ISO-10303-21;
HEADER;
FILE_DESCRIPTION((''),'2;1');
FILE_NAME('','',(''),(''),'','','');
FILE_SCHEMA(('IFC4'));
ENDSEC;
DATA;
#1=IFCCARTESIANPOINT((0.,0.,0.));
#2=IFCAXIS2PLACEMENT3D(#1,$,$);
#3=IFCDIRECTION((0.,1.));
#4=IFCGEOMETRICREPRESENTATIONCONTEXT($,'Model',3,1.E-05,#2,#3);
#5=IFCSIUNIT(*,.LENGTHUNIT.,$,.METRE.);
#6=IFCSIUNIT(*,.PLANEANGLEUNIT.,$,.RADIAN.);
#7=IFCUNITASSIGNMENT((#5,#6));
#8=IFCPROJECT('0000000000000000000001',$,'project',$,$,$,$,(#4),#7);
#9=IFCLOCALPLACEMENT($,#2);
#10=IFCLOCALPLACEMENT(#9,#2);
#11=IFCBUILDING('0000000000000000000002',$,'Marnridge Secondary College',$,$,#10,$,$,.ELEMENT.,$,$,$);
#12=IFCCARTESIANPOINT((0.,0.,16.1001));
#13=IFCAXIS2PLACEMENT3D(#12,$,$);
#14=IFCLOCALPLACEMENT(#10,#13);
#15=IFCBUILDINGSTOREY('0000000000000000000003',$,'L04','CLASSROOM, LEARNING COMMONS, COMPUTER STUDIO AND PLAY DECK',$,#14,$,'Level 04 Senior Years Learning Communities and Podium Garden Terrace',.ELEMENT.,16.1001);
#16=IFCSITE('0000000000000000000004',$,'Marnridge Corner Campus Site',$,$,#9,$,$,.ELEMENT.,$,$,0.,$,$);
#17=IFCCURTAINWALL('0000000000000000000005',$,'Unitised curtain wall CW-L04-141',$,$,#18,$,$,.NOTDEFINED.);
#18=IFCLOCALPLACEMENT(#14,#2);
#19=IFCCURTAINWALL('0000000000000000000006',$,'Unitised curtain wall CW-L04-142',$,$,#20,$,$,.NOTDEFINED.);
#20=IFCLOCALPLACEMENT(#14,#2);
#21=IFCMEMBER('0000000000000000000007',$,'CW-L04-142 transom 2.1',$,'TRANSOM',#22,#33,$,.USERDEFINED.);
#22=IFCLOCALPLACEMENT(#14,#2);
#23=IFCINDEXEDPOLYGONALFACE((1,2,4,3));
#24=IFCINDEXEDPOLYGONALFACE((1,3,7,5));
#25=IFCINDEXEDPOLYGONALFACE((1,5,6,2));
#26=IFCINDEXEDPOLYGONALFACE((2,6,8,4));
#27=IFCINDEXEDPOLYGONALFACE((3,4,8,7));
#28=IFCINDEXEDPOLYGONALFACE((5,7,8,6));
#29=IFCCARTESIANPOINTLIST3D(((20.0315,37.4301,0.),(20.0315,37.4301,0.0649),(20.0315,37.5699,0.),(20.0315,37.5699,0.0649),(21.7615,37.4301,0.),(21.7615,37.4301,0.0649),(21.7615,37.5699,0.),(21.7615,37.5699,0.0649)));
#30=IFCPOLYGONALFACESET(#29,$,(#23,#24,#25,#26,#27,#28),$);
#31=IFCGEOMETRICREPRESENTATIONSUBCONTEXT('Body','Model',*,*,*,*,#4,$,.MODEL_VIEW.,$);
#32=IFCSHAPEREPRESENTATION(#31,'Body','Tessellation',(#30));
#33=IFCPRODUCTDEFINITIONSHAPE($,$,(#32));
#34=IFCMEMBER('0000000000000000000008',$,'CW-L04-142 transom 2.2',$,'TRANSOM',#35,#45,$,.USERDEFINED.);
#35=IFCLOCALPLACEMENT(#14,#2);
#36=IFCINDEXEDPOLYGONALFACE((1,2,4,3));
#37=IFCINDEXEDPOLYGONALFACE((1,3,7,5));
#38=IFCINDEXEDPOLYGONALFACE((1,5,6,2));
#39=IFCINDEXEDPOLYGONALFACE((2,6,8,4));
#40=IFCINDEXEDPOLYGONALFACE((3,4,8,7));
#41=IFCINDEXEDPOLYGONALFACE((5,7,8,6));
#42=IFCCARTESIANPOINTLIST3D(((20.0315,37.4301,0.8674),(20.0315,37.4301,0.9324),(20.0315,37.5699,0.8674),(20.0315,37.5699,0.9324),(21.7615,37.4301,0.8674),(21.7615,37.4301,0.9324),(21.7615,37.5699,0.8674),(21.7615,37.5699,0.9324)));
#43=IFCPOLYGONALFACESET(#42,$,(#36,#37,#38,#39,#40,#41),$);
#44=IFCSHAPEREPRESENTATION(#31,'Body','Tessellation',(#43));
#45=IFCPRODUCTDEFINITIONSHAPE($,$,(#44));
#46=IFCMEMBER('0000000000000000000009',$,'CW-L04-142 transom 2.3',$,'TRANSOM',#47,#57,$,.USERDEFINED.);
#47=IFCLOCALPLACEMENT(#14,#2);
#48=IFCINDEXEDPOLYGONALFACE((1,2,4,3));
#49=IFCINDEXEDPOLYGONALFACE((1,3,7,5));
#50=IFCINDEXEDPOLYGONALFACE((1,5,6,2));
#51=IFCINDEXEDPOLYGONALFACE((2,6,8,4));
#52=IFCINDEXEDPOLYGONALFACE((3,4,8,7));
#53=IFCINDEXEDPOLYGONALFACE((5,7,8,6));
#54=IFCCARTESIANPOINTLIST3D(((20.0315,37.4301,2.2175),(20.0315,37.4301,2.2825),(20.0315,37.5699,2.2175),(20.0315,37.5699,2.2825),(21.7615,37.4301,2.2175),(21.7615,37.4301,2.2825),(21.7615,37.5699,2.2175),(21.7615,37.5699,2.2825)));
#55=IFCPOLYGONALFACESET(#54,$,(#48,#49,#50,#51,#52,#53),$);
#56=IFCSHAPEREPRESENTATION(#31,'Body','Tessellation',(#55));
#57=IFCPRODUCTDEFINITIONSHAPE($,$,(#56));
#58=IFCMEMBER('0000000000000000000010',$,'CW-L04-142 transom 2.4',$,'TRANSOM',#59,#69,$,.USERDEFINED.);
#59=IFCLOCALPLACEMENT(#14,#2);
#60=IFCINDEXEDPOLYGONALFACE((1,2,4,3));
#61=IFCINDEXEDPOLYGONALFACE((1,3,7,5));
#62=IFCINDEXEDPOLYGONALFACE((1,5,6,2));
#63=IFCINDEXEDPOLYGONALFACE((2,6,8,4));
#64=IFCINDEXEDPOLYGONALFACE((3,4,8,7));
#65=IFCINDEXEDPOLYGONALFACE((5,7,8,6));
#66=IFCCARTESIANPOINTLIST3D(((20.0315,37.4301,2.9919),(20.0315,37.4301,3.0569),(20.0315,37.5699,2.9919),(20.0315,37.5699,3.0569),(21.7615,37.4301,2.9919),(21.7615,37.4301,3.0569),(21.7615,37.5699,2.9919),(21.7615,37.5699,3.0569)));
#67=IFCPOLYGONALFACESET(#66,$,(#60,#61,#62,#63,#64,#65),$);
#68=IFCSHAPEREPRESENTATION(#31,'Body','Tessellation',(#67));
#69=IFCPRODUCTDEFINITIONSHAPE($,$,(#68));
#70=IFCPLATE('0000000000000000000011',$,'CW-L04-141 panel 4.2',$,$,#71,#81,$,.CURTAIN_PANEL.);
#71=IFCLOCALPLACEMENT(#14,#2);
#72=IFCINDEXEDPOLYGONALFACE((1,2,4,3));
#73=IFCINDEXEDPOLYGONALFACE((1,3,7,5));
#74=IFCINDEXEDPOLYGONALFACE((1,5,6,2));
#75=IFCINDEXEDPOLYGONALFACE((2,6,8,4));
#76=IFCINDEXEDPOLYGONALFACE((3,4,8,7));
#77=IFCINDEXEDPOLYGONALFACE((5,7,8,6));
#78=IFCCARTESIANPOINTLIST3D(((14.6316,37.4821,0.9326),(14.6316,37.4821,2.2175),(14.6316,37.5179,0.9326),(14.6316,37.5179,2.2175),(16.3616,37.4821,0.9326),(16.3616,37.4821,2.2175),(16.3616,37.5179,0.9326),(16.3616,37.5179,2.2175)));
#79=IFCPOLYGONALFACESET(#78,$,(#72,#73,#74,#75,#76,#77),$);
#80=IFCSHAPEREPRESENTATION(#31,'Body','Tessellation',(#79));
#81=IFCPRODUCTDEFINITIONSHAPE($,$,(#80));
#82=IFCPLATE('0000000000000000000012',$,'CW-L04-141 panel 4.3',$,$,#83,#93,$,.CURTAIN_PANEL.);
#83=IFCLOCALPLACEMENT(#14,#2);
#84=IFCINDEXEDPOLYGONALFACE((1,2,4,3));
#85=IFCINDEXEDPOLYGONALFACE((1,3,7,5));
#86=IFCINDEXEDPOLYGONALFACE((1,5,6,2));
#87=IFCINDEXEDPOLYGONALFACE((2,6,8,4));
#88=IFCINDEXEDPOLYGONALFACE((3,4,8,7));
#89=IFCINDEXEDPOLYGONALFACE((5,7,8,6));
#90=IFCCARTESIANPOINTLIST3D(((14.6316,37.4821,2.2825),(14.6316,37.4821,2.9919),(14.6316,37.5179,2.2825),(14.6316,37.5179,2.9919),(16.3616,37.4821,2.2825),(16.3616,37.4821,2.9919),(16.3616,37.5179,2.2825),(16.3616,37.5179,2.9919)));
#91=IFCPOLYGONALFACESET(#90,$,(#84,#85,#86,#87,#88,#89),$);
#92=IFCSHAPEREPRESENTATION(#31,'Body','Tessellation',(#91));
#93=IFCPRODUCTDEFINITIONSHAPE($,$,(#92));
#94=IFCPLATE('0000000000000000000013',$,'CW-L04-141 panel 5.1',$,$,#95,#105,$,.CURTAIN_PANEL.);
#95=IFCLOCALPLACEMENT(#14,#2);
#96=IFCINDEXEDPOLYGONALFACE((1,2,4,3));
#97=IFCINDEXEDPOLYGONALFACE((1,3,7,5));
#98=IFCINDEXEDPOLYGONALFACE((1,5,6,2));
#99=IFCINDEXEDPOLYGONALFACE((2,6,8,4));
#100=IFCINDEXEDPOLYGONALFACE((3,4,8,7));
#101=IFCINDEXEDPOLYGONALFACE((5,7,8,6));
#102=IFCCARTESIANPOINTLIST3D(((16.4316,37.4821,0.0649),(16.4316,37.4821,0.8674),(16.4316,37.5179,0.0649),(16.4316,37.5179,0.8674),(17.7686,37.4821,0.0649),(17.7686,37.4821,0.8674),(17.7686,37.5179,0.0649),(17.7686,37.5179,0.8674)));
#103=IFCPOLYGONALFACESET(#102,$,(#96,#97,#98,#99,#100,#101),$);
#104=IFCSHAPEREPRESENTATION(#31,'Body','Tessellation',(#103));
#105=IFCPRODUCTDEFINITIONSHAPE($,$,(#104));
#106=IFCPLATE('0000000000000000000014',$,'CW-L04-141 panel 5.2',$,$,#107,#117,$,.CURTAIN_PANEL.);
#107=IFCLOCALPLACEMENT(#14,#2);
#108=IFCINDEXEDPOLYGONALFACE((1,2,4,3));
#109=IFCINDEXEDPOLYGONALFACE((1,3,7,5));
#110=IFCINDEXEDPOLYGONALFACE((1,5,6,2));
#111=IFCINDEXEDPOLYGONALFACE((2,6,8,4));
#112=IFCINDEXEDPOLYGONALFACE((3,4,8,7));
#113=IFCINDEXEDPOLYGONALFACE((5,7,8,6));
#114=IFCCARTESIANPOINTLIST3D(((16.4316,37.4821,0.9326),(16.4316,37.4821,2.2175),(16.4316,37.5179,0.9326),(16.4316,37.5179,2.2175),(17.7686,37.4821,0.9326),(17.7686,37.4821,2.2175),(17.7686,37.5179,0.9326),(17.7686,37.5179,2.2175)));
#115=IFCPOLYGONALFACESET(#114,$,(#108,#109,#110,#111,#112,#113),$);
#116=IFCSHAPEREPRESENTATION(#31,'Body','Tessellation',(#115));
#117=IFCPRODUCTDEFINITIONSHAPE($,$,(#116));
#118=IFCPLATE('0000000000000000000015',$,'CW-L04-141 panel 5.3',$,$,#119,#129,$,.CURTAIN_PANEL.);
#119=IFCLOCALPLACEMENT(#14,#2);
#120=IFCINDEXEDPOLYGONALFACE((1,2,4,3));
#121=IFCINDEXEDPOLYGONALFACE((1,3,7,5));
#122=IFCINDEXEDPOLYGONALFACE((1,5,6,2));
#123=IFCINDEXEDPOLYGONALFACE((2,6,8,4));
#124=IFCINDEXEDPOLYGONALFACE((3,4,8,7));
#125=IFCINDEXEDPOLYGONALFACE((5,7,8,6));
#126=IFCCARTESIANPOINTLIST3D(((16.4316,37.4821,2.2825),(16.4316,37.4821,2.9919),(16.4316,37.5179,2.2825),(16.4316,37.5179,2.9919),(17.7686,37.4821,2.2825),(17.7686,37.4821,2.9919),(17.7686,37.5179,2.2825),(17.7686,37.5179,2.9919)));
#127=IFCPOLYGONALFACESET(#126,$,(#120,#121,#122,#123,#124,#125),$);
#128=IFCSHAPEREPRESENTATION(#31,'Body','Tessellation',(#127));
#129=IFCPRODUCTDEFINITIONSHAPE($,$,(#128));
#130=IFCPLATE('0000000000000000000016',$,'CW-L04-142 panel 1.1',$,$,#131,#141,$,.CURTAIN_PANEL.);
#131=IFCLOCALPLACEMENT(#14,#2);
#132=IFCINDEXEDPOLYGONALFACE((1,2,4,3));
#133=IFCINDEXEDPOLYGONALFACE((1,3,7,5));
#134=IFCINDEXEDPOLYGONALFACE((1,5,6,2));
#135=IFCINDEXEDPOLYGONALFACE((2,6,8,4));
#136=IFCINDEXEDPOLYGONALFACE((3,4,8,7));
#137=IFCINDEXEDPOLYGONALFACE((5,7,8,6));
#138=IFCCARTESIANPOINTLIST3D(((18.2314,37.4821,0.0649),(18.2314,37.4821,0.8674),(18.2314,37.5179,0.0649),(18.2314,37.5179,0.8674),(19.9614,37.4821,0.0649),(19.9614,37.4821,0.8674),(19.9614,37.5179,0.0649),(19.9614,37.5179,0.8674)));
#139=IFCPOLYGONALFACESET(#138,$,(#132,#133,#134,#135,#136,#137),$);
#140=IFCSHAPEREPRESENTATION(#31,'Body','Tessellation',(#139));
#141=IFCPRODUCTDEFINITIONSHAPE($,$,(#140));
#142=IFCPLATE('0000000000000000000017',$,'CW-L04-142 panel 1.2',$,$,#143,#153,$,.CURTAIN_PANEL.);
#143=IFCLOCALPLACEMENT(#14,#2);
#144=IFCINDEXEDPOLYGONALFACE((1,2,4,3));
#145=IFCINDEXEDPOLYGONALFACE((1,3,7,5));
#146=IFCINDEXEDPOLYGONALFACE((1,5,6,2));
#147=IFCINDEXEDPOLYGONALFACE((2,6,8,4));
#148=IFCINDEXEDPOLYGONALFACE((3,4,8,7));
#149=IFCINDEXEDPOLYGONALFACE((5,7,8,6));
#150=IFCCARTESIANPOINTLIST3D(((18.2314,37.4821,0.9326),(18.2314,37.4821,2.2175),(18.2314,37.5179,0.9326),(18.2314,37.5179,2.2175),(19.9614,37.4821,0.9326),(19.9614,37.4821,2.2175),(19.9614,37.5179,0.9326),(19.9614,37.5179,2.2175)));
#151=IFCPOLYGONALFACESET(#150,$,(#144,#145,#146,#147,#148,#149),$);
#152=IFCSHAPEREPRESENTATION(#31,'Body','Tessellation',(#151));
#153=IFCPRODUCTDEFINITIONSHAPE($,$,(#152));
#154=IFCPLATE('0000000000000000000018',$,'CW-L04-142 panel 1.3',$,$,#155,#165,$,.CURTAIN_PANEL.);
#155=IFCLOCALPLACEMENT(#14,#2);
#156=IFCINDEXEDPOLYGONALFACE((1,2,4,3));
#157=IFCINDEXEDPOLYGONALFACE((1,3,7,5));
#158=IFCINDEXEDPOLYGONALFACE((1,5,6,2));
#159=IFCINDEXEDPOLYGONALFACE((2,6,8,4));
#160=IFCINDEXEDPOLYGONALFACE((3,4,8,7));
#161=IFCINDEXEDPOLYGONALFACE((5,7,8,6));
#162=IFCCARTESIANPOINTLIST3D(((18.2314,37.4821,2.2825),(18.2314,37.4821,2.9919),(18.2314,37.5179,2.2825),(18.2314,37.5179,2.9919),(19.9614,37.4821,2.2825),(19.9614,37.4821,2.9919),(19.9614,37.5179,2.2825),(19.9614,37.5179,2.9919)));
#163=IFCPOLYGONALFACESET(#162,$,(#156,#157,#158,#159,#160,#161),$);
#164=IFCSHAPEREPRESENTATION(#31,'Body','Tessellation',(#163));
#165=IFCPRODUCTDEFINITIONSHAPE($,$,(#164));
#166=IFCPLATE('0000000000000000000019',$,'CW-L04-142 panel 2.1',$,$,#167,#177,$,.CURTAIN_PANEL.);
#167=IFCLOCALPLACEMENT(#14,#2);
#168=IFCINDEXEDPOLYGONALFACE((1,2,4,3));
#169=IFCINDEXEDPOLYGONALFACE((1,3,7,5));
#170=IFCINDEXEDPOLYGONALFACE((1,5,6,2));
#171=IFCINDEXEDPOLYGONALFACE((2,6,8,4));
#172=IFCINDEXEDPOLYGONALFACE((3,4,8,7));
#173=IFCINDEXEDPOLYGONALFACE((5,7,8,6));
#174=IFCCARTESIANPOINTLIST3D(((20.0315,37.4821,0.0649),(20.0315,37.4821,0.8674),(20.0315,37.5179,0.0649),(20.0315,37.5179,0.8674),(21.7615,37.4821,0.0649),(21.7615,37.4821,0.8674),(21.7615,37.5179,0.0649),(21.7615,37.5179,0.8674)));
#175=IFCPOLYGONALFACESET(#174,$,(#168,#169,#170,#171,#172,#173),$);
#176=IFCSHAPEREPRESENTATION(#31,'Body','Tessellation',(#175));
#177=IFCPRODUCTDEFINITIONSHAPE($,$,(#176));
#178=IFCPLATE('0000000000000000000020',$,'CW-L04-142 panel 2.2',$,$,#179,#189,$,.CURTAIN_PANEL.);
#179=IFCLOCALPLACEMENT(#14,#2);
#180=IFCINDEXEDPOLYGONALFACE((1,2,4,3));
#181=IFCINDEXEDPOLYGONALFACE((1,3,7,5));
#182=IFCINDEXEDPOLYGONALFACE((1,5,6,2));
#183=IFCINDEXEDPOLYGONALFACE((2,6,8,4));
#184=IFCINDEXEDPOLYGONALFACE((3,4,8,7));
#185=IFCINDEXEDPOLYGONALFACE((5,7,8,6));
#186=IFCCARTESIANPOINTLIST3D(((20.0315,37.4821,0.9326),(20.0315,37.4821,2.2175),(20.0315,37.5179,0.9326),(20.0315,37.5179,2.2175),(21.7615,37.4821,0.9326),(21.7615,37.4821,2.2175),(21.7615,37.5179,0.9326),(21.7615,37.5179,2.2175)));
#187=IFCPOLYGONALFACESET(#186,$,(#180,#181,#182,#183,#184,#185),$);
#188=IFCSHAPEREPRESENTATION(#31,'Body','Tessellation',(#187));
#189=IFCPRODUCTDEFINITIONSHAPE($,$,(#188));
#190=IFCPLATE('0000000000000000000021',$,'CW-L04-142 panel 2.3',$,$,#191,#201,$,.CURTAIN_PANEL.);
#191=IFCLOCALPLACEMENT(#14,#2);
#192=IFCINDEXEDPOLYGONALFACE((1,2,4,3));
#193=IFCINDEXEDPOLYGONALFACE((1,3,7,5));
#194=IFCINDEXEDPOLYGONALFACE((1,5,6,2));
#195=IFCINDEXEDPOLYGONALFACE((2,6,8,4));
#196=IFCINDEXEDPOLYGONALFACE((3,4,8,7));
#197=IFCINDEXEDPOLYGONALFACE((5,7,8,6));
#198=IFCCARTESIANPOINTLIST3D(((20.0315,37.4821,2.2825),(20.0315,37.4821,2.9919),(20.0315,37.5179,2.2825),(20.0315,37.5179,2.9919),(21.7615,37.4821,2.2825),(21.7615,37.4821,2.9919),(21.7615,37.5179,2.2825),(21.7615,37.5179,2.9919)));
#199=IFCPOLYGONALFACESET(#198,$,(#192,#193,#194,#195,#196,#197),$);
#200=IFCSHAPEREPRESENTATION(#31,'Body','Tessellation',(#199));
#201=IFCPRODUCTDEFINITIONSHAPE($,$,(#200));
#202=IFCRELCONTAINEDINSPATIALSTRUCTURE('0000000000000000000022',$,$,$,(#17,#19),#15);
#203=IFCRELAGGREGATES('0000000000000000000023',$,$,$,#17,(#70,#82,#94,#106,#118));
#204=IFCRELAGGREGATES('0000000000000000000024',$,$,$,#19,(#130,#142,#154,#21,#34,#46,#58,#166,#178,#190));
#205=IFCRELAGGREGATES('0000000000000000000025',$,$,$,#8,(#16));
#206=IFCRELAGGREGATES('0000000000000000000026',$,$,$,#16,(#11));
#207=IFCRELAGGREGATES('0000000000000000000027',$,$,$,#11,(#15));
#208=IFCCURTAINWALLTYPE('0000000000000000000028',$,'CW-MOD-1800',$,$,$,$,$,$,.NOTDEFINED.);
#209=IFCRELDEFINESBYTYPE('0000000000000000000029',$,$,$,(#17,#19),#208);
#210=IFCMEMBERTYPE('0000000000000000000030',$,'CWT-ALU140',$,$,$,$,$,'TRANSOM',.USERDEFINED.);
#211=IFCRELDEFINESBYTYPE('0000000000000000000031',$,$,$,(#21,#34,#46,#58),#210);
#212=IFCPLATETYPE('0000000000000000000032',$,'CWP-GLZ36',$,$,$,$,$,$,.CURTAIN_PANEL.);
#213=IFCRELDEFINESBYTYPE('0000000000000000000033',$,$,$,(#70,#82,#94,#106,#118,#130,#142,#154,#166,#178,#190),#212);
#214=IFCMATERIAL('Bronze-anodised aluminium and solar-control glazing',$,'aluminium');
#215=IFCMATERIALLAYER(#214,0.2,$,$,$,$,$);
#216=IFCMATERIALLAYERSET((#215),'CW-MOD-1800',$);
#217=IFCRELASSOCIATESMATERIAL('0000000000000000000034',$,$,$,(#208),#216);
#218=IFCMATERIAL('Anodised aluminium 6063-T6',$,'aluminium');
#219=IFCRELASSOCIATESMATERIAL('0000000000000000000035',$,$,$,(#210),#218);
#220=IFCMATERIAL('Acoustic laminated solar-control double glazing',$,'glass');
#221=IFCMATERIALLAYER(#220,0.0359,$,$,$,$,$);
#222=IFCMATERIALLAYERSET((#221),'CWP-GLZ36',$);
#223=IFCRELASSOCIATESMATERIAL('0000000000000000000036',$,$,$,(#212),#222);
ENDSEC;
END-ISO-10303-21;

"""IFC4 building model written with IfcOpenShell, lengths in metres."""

from ifc_helpers import new_model, si_unit, direction, frame, origin, origin_2d, place, context, subcontext, project, spatial, rectangle, extrude, material, layer, layer_set, material_profile, profile_set, type_object, element, aggregate, save


model = new_model("IFC4")

# Units and contexts
model_context = context("Model", 3, precision=1e-05, world=origin(), true_north=direction((0.0, 1.0)))
body_context = subcontext(model_context, "Body", "Model", "MODEL_VIEW")
ifc_project = project(units=[si_unit("LENGTHUNIT", "METRE"), si_unit("PLANEANGLEUNIT", "RADIAN")], contexts=[model_context])

# Site, building, storey
site_placement = place(None, origin())
site = spatial("IfcSite", under=ifc_project, at=site_placement, Name="Marnridge Corner Campus Site", CompositionType="ELEMENT", RefElevation=0.0)
building_placement = place(site_placement, origin())
building = spatial("IfcBuilding", under=site, at=building_placement, Name="Marnridge Secondary College", CompositionType="ELEMENT")
storey_placement = place(building_placement, frame((0.0, 0.0, 16.1001)))
storey = spatial("IfcBuildingStorey", under=building, at=storey_placement, Name="L04", Description="CLASSROOM, LEARNING COMMONS, COMPUTER STUDIO AND PLAY DECK", LongName="Level 04 Senior Years Learning Communities and Podium Garden Terrace", CompositionType="ELEMENT", Elevation=16.1001)

# Curtain walls
ifc_material_1 = material(Name="Bronze-anodised aluminium and solar-control glazing", Category="aluminium")
ifc_layer_1 = layer(ifc_material_1, 0.2)
ifc_layer_set_1 = layer_set([ifc_layer_1], Name="CW-MOD-1800")
curtain_wall_type = type_object("IfcCurtainWallType", Name="CW-MOD-1800", PredefinedType="NOTDEFINED", material=ifc_layer_set_1)
curtain_wall_1_placement = place(storey_placement, origin())
curtain_wall_1 = element("IfcCurtainWall", 1, at=curtain_wall_1_placement, inside=storey, type_object=curtain_wall_type, Name="Unitised curtain wall CW-L04-141", PredefinedType="NOTDEFINED")
curtain_wall_2_placement = place(storey_placement, origin())
curtain_wall_2 = element("IfcCurtainWall", 2, at=curtain_wall_2_placement, inside=storey, type_object=curtain_wall_type, Name="Unitised curtain wall CW-L04-142", PredefinedType="NOTDEFINED")

# Members
ifc_material_2 = material(Name="Anodised aluminium 6063-T6", Category="aluminium")
ifc_material_profile_1 = material_profile(ifc_material_2, rectangle(XDim=0.0649, YDim=0.1399, at=origin_2d()), Name="ALU 65x140")
ifc_profile_set_1 = profile_set([ifc_material_profile_1], Name="Anodised aluminium 6063-T6")
member_type_1 = type_object("IfcMemberType", Name="CWT-ALU140", ElementType="TRANSOM", PredefinedType="USERDEFINED", material=ifc_profile_set_1)
member_1_placement = place(storey_placement, frame((20.0315, 37.5, 0.0325), z_axis=(1.0, 0.0, 0.0), x_axis=(0.0, 0.0, 1.0)))
member_1 = element("IfcMember", 3, at=member_1_placement, type_object=member_type_1, Name="CW-L04-142 transom 2.1", ObjectType="TRANSOM", PredefinedType="USERDEFINED", context=body_context, shape_type="SweptSolid", body=[
    extrude(rectangle(XDim=0.0649, YDim=0.1399, at=origin_2d()), origin(), (0.0, 0.0, 1.0), 1.73),
])
member_2_placement = place(storey_placement, frame((20.0315, 37.5, 0.8999), z_axis=(1.0, 0.0, 0.0), x_axis=(0.0, 0.0, 1.0)))
member_2 = element("IfcMember", 4, at=member_2_placement, type_object=member_type_1, Name="CW-L04-142 transom 2.2", ObjectType="TRANSOM", PredefinedType="USERDEFINED", context=body_context, shape_type="SweptSolid", body=[
    extrude(rectangle(XDim=0.0649, YDim=0.1399, at=origin_2d()), origin(), (0.0, 0.0, 1.0), 1.73),
])
member_3_placement = place(storey_placement, frame((20.0315, 37.5, 2.25), z_axis=(1.0, 0.0, 0.0), x_axis=(0.0, 0.0, 1.0)))
member_3 = element("IfcMember", 5, at=member_3_placement, type_object=member_type_1, Name="CW-L04-142 transom 2.3", ObjectType="TRANSOM", PredefinedType="USERDEFINED", context=body_context, shape_type="SweptSolid", body=[
    extrude(rectangle(XDim=0.0649, YDim=0.1399, at=origin_2d()), origin(), (0.0, 0.0, 1.0), 1.73),
])
member_4_placement = place(storey_placement, frame((20.0315, 37.5, 3.0244), z_axis=(1.0, 0.0, 0.0), x_axis=(0.0, 0.0, 1.0)))
member_4 = element("IfcMember", 6, at=member_4_placement, type_object=member_type_1, Name="CW-L04-142 transom 2.4", ObjectType="TRANSOM", PredefinedType="USERDEFINED", context=body_context, shape_type="SweptSolid", body=[
    extrude(rectangle(XDim=0.0649, YDim=0.1399, at=origin_2d()), origin(), (0.0, 0.0, 1.0), 1.73),
])

# Plates
ifc_material_3 = material(Name="Acoustic laminated solar-control double glazing", Category="glass")
ifc_layer_2 = layer(ifc_material_3, 0.0359)
ifc_layer_set_2 = layer_set([ifc_layer_2], Name="CWP-GLZ36")
plate_type = type_object("IfcPlateType", Name="CWP-GLZ36", PredefinedType="CURTAIN_PANEL", material=ifc_layer_set_2)
plate_1_placement = place(storey_placement, frame((15.4966, 37.5, 0.9326), z_axis=(0.0, 0.0, 1.0), x_axis=(1.0, 0.0, 0.0)))
plate_1 = element("IfcPlate", 7, at=plate_1_placement, type_object=plate_type, Name="CW-L04-141 panel 4.2", PredefinedType="CURTAIN_PANEL", context=body_context, shape_type="SweptSolid", body=[
    extrude(rectangle(XDim=1.73, YDim=0.0359, at=origin_2d()), origin(), (0.0, 0.0, 1.0), 1.2849),
])
plate_2_placement = place(storey_placement, frame((15.4966, 37.5, 2.2825), z_axis=(0.0, 0.0, 1.0), x_axis=(1.0, 0.0, 0.0)))
plate_2 = element("IfcPlate", 8, at=plate_2_placement, type_object=plate_type, Name="CW-L04-141 panel 4.3", PredefinedType="CURTAIN_PANEL", context=body_context, shape_type="SweptSolid", body=[
    extrude(rectangle(XDim=1.73, YDim=0.0359, at=origin_2d()), origin(), (0.0, 0.0, 1.0), 0.7095),
])
plate_3_placement = place(storey_placement, frame((17.1001, 37.5, 0.0649), z_axis=(0.0, 0.0, 1.0), x_axis=(1.0, 0.0, 0.0)))
plate_3 = element("IfcPlate", 9, at=plate_3_placement, type_object=plate_type, Name="CW-L04-141 panel 5.1", PredefinedType="CURTAIN_PANEL", context=body_context, shape_type="SweptSolid", body=[
    extrude(rectangle(XDim=1.3369, YDim=0.0359, at=origin_2d()), origin(), (0.0, 0.0, 1.0), 0.8025),
])
plate_4_placement = place(storey_placement, frame((17.1001, 37.5, 0.9326), z_axis=(0.0, 0.0, 1.0), x_axis=(1.0, 0.0, 0.0)))
plate_4 = element("IfcPlate", 10, at=plate_4_placement, type_object=plate_type, Name="CW-L04-141 panel 5.2", PredefinedType="CURTAIN_PANEL", context=body_context, shape_type="SweptSolid", body=[
    extrude(rectangle(XDim=1.3369, YDim=0.0359, at=origin_2d()), origin(), (0.0, 0.0, 1.0), 1.2849),
])
plate_5_placement = place(storey_placement, frame((17.1001, 37.5, 2.2825), z_axis=(0.0, 0.0, 1.0), x_axis=(1.0, 0.0, 0.0)))
plate_5 = element("IfcPlate", 11, at=plate_5_placement, type_object=plate_type, Name="CW-L04-141 panel 5.3", PredefinedType="CURTAIN_PANEL", context=body_context, shape_type="SweptSolid", body=[
    extrude(rectangle(XDim=1.3369, YDim=0.0359, at=origin_2d()), origin(), (0.0, 0.0, 1.0), 0.7095),
])
aggregate(curtain_wall_1, [plate_1, plate_2, plate_3, plate_4, plate_5])
plate_6_placement = place(storey_placement, frame((19.0964, 37.5, 0.0649), z_axis=(0.0, 0.0, 1.0), x_axis=(1.0, 0.0, 0.0)))
plate_6 = element("IfcPlate", 12, at=plate_6_placement, type_object=plate_type, Name="CW-L04-142 panel 1.1", PredefinedType="CURTAIN_PANEL", context=body_context, shape_type="SweptSolid", body=[
    extrude(rectangle(XDim=1.73, YDim=0.0359, at=origin_2d()), origin(), (0.0, 0.0, 1.0), 0.8025),
])
plate_7_placement = place(storey_placement, frame((19.0964, 37.5, 0.9326), z_axis=(0.0, 0.0, 1.0), x_axis=(1.0, 0.0, 0.0)))
plate_7 = element("IfcPlate", 13, at=plate_7_placement, type_object=plate_type, Name="CW-L04-142 panel 1.2", PredefinedType="CURTAIN_PANEL", context=body_context, shape_type="SweptSolid", body=[
    extrude(rectangle(XDim=1.73, YDim=0.0359, at=origin_2d()), origin(), (0.0, 0.0, 1.0), 1.2849),
])
plate_8_placement = place(storey_placement, frame((19.0964, 37.5, 2.2825), z_axis=(0.0, 0.0, 1.0), x_axis=(1.0, 0.0, 0.0)))
plate_8 = element("IfcPlate", 14, at=plate_8_placement, type_object=plate_type, Name="CW-L04-142 panel 1.3", PredefinedType="CURTAIN_PANEL", context=body_context, shape_type="SweptSolid", body=[
    extrude(rectangle(XDim=1.73, YDim=0.0359, at=origin_2d()), origin(), (0.0, 0.0, 1.0), 0.7095),
])
plate_9_placement = place(storey_placement, frame((20.8965, 37.5, 0.0649), z_axis=(0.0, 0.0, 1.0), x_axis=(1.0, 0.0, 0.0)))
plate_9 = element("IfcPlate", 15, at=plate_9_placement, type_object=plate_type, Name="CW-L04-142 panel 2.1", PredefinedType="CURTAIN_PANEL", context=body_context, shape_type="SweptSolid", body=[
    extrude(rectangle(XDim=1.73, YDim=0.0359, at=origin_2d()), origin(), (0.0, 0.0, 1.0), 0.8025),
])
plate_10_placement = place(storey_placement, frame((20.8965, 37.5, 0.9326), z_axis=(0.0, 0.0, 1.0), x_axis=(1.0, 0.0, 0.0)))
plate_10 = element("IfcPlate", 16, at=plate_10_placement, type_object=plate_type, Name="CW-L04-142 panel 2.2", PredefinedType="CURTAIN_PANEL", context=body_context, shape_type="SweptSolid", body=[
    extrude(rectangle(XDim=1.73, YDim=0.0359, at=origin_2d()), origin(), (0.0, 0.0, 1.0), 1.2849),
])
plate_11_placement = place(storey_placement, frame((20.8965, 37.5, 2.2825), z_axis=(0.0, 0.0, 1.0), x_axis=(1.0, 0.0, 0.0)))
plate_11 = element("IfcPlate", 17, at=plate_11_placement, type_object=plate_type, Name="CW-L04-142 panel 2.3", PredefinedType="CURTAIN_PANEL", context=body_context, shape_type="SweptSolid", body=[
    extrude(rectangle(XDim=1.73, YDim=0.0359, at=origin_2d()), origin(), (0.0, 0.0, 1.0), 0.7095),
])
aggregate(curtain_wall_2, [plate_6, plate_7, plate_8, member_1, member_2, member_3, member_4, plate_9, plate_10, plate_11])

save(model, "model.ifc")
